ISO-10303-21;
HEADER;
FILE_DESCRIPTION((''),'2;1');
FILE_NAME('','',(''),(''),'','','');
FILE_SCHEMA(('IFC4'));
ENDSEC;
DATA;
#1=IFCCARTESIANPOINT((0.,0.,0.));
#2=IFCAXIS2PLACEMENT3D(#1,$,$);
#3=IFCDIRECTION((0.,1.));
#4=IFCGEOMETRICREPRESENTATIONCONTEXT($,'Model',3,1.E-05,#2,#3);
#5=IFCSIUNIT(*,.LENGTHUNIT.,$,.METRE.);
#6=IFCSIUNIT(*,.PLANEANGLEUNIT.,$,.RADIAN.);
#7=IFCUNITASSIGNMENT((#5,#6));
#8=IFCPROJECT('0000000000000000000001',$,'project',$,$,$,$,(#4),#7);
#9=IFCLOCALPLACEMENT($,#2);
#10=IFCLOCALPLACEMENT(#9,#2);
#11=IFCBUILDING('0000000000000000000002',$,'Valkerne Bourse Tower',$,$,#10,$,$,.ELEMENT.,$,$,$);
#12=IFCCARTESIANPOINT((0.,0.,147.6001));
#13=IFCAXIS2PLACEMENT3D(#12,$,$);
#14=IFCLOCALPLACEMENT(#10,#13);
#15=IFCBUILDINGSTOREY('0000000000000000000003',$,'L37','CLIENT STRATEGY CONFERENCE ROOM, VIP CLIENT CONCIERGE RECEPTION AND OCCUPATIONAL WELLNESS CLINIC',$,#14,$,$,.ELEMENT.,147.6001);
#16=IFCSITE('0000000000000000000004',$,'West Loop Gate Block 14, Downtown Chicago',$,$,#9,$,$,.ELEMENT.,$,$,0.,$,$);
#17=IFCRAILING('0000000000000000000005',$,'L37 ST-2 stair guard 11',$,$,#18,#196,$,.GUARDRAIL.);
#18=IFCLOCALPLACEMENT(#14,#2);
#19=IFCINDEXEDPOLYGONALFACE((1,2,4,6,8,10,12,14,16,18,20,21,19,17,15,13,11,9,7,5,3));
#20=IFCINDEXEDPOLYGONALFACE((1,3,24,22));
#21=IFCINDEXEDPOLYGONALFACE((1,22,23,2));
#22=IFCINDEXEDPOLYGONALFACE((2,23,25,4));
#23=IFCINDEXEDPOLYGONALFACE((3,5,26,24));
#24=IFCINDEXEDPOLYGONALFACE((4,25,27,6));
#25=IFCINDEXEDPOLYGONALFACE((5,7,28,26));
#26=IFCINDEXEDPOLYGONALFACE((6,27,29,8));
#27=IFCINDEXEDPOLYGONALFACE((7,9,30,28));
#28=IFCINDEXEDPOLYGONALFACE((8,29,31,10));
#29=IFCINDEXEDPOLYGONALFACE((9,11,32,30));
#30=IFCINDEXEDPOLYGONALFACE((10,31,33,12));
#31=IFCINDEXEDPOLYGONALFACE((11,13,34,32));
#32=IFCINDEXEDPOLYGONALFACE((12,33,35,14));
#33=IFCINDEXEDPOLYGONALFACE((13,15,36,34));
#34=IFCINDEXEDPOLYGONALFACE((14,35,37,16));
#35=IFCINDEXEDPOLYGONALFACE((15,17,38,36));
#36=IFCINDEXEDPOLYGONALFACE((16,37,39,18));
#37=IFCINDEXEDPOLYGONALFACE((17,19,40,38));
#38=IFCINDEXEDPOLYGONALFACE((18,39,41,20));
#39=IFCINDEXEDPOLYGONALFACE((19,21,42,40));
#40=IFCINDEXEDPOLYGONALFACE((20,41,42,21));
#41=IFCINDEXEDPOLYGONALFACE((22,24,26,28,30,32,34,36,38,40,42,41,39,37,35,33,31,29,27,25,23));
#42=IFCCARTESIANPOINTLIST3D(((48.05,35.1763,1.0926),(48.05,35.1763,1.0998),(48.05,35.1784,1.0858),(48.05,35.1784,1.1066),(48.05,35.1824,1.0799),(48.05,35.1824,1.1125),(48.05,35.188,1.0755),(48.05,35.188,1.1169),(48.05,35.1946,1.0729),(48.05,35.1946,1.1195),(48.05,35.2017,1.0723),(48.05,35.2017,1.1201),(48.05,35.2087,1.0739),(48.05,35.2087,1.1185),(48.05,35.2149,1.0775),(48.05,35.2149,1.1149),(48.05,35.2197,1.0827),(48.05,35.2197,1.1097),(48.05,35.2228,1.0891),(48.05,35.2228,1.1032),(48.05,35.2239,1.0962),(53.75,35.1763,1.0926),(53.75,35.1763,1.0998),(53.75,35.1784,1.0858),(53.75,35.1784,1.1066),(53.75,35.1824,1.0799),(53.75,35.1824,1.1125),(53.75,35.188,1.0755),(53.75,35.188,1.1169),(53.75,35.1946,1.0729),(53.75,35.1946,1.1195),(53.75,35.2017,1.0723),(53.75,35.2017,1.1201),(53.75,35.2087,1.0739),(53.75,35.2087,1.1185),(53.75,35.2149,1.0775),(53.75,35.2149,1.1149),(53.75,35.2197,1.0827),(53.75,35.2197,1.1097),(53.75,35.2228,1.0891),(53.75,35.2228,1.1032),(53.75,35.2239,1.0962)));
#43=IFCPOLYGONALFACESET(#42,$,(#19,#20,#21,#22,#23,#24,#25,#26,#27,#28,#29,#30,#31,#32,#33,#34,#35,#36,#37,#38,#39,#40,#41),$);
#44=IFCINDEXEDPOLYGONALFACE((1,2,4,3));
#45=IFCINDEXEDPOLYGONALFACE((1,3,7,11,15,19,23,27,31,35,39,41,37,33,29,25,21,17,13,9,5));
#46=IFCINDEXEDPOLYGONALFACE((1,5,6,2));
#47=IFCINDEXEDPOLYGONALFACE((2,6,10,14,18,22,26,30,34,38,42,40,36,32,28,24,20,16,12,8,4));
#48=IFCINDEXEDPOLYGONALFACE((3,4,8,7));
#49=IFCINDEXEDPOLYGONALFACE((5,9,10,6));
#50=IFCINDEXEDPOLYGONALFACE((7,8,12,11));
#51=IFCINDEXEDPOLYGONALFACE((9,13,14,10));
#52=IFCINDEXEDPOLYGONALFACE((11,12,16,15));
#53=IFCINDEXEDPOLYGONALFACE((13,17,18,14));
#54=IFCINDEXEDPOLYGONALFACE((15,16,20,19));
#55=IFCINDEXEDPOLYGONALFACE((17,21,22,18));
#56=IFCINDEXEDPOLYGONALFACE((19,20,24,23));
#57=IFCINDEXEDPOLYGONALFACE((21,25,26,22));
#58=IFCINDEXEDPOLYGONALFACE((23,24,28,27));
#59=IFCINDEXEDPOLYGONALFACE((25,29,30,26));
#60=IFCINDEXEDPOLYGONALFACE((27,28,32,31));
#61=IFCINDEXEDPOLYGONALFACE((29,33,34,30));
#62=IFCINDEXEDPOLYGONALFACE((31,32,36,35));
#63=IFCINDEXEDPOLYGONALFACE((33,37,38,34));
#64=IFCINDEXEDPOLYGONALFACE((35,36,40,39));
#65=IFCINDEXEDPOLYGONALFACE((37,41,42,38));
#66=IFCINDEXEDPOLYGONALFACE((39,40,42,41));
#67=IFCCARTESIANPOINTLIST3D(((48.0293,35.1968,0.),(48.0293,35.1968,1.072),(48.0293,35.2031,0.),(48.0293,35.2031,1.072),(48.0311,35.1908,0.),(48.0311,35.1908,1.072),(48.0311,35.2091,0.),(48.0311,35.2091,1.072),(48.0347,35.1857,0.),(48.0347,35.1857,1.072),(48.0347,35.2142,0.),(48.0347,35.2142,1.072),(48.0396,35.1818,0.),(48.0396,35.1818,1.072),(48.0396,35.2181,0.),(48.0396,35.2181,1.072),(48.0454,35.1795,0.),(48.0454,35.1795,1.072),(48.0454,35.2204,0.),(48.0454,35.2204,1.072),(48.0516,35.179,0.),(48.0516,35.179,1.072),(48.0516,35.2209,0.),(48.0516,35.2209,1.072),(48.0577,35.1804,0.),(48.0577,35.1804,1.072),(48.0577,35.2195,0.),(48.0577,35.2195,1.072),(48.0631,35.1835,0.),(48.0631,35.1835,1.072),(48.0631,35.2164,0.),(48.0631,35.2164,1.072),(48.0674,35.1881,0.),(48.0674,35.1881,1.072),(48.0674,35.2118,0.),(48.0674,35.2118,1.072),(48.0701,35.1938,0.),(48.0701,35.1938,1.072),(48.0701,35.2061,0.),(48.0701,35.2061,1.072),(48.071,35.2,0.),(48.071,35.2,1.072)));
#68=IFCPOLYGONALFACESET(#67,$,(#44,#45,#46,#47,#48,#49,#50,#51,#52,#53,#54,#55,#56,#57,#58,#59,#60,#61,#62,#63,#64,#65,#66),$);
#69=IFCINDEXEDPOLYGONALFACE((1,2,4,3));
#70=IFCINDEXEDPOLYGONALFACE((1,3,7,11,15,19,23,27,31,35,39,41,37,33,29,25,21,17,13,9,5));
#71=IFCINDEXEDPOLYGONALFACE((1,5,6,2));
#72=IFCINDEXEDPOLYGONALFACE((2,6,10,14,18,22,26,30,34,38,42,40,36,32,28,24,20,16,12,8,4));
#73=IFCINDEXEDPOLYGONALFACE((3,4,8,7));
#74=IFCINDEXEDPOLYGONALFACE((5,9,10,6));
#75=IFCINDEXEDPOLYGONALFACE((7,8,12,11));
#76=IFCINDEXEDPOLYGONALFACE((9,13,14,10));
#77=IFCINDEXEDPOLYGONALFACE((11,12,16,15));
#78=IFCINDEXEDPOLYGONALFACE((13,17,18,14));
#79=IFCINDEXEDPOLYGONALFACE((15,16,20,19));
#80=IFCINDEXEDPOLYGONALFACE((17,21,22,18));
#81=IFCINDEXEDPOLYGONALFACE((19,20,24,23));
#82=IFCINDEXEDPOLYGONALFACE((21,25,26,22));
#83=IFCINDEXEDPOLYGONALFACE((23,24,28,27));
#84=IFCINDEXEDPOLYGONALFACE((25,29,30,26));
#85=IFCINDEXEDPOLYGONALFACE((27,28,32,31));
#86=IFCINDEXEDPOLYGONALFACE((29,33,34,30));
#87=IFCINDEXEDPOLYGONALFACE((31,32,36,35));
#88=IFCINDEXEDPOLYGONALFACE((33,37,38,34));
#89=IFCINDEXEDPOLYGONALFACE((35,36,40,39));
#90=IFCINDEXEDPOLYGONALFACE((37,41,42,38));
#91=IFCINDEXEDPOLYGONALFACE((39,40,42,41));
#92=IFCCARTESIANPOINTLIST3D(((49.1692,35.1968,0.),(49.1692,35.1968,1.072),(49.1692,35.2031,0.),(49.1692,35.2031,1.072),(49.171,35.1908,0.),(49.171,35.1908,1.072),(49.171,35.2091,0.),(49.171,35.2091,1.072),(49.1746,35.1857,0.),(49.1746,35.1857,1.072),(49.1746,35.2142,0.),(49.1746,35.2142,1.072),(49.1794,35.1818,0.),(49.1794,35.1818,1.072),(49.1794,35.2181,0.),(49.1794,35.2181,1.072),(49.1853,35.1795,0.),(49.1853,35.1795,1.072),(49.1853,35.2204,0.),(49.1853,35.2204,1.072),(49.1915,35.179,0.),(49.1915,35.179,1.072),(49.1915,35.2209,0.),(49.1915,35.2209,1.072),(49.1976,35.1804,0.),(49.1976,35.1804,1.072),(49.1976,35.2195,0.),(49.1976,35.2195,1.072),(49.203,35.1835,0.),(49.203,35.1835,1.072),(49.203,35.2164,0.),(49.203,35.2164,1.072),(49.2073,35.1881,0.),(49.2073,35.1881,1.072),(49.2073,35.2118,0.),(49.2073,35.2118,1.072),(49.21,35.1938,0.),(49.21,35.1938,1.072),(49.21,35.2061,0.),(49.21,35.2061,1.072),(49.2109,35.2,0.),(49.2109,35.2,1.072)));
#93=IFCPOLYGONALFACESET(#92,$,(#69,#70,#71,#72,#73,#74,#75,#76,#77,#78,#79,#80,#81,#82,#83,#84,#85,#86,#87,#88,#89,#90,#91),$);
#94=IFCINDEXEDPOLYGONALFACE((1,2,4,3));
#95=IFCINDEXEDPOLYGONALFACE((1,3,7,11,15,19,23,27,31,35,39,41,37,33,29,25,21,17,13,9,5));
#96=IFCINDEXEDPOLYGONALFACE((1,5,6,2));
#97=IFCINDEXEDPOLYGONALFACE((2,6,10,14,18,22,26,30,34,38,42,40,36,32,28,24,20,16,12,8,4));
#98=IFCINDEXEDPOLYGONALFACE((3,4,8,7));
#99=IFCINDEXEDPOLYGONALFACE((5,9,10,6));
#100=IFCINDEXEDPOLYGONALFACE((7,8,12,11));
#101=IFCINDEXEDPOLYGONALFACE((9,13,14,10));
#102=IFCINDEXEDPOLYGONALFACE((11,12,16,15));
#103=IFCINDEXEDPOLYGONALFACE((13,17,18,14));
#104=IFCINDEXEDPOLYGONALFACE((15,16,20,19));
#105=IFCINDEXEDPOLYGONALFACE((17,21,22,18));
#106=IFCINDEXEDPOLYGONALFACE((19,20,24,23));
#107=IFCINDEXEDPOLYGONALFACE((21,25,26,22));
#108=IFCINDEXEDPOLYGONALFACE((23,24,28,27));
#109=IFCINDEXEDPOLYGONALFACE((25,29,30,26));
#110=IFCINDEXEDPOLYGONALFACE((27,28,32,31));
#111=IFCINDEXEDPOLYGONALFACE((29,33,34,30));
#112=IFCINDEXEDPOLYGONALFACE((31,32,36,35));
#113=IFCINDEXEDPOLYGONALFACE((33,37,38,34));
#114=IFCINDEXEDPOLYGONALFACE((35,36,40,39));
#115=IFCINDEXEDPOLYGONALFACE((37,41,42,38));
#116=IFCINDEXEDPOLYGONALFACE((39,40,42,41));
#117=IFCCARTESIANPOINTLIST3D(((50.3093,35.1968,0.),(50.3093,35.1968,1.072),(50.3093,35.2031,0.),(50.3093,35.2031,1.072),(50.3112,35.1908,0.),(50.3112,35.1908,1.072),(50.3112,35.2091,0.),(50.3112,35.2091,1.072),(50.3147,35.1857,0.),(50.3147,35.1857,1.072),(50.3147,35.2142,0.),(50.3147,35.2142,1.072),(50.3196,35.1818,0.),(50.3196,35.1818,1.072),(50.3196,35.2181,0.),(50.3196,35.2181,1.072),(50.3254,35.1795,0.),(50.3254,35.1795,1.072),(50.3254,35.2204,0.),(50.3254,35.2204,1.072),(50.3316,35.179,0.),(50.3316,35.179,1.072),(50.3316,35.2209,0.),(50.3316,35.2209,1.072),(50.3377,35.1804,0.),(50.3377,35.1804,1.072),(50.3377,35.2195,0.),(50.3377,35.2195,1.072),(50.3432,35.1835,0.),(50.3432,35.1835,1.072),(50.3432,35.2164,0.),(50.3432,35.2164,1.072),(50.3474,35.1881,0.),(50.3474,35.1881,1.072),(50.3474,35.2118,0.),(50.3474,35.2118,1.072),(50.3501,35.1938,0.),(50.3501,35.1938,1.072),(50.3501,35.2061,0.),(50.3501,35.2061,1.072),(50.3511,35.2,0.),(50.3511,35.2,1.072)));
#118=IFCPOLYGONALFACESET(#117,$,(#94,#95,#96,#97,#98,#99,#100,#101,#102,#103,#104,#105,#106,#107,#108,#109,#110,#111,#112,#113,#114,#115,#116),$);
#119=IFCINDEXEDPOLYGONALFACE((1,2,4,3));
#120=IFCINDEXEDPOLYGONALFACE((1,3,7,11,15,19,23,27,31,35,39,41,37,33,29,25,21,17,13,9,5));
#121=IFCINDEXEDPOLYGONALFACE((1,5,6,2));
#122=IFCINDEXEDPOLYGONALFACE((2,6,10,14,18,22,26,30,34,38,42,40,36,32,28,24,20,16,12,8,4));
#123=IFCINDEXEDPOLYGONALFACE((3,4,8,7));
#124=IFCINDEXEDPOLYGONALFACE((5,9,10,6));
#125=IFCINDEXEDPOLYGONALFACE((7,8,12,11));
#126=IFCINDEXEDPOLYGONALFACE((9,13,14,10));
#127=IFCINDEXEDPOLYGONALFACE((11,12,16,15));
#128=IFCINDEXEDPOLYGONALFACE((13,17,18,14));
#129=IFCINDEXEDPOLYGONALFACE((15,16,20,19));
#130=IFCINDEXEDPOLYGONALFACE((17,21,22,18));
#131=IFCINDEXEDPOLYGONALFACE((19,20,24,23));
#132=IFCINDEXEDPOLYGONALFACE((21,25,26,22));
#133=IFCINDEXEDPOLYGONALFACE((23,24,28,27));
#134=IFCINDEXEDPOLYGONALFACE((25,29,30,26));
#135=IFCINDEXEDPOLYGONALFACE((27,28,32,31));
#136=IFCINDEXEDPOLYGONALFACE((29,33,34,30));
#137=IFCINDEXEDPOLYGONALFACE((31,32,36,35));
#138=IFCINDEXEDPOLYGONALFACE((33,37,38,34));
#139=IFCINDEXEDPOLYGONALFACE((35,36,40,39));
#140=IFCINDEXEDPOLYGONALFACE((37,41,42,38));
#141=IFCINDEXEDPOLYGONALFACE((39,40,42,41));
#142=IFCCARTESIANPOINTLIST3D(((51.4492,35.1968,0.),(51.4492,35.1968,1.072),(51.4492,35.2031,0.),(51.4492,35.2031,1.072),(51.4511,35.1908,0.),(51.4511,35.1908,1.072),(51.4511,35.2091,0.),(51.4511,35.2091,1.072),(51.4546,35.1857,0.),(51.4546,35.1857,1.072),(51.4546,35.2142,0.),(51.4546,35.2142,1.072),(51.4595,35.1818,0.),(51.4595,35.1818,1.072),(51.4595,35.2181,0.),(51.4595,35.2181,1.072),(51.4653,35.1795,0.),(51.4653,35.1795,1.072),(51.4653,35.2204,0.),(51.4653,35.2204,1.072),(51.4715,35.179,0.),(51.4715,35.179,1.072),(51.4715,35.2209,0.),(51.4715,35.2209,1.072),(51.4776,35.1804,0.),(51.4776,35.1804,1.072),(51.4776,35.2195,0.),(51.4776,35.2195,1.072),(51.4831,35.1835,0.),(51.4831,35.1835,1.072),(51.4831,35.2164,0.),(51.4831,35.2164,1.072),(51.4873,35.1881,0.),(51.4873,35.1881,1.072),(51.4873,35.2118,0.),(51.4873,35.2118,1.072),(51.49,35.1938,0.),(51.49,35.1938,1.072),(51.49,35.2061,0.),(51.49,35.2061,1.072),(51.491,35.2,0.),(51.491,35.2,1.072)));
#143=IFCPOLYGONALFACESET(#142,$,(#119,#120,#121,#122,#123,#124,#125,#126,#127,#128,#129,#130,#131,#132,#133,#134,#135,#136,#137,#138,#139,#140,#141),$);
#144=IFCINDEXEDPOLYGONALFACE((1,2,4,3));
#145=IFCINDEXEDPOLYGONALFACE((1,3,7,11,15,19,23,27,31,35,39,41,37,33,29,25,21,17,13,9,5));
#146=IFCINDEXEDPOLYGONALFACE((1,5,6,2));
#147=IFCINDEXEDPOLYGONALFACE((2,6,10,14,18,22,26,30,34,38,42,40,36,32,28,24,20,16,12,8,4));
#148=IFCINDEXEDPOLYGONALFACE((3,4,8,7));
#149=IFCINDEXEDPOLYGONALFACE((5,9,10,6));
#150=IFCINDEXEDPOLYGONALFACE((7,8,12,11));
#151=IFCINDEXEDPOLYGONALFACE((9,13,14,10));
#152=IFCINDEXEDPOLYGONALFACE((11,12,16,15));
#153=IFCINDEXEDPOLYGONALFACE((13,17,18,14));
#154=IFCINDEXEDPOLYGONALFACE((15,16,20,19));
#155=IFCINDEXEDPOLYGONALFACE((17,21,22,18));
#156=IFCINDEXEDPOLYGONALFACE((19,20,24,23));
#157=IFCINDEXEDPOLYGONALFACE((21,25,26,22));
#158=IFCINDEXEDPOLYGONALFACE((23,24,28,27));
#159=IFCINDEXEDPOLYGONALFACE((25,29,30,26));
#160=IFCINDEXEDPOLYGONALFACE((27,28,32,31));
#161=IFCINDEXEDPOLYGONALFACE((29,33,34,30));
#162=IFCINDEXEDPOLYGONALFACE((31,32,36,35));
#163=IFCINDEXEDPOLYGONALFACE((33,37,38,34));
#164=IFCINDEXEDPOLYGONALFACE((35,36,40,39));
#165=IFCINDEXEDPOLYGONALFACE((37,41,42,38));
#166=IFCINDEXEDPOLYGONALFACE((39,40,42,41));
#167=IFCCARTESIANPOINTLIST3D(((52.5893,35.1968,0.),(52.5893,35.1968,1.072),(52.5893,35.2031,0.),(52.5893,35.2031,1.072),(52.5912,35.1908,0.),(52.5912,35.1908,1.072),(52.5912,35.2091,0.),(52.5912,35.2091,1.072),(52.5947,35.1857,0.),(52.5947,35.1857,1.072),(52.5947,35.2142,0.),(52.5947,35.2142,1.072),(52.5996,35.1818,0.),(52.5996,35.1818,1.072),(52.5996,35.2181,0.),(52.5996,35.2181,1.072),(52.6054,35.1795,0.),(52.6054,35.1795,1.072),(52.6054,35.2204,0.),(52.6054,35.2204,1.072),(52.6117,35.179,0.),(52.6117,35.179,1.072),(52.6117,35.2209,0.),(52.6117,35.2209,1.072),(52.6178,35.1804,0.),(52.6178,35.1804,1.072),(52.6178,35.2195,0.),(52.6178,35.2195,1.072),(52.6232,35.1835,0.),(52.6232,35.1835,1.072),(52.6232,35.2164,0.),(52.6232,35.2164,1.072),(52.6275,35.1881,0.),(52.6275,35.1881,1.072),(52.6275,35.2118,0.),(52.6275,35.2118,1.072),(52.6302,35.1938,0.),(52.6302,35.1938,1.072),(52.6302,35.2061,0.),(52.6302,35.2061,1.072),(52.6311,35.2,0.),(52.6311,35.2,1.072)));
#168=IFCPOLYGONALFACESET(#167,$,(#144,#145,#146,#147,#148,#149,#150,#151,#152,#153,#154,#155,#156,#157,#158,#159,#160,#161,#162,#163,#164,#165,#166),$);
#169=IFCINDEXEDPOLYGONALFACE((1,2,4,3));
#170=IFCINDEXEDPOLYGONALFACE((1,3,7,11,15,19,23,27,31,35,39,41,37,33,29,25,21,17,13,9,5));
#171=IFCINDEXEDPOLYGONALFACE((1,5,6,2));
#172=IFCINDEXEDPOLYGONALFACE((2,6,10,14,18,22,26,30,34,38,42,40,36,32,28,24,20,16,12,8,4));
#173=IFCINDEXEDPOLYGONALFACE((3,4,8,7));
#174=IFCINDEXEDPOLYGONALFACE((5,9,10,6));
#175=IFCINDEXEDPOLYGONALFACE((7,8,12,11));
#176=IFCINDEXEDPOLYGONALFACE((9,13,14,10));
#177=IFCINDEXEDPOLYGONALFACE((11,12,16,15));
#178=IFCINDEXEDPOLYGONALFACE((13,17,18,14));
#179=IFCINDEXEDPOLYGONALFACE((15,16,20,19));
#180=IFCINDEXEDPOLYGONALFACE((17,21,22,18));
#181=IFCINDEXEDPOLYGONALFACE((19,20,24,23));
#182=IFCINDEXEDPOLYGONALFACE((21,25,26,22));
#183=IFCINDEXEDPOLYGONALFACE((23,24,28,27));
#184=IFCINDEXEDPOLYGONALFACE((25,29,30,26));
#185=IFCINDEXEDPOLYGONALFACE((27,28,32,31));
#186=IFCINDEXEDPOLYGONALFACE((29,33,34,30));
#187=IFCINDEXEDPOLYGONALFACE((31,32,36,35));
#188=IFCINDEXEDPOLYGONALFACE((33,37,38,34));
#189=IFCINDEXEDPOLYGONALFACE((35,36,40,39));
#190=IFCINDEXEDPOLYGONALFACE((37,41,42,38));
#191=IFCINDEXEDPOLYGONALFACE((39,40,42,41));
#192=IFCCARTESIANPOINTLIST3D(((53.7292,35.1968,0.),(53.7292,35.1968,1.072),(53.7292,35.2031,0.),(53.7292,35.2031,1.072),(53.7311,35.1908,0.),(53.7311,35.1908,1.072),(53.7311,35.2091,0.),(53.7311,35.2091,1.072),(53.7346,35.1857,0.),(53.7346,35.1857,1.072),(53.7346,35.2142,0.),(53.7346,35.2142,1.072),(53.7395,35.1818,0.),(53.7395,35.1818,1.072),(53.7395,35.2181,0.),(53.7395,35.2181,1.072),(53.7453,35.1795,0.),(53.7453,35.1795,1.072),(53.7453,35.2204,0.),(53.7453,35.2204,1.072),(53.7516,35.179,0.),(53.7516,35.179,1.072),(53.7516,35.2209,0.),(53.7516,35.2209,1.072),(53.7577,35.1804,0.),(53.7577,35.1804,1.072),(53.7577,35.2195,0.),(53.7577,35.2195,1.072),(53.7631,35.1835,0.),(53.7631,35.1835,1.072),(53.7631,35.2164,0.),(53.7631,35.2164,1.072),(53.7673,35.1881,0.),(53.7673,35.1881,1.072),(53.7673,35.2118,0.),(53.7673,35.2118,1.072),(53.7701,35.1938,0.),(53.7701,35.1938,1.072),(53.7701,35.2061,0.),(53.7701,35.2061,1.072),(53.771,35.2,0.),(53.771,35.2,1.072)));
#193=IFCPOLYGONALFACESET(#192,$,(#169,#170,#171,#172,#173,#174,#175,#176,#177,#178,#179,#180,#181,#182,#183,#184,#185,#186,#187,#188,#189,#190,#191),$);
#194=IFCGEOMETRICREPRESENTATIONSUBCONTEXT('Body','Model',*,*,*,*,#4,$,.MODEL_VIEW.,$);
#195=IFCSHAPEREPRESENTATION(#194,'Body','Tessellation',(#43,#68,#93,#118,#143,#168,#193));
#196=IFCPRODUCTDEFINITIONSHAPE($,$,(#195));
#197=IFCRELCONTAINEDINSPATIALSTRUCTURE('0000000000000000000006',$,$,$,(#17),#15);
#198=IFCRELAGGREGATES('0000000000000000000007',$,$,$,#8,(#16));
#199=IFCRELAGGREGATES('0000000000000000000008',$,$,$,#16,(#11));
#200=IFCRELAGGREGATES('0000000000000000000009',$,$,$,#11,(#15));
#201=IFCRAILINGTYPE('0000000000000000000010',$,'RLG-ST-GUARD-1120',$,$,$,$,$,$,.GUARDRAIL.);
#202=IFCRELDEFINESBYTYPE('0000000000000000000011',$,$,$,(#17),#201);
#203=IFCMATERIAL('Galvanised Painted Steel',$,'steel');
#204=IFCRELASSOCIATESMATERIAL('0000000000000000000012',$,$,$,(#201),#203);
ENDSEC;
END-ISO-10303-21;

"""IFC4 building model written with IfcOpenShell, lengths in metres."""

from ifc_helpers import new_model, si_unit, direction, frame, origin, origin_2d, place, context, subcontext, project, spatial, circle, extrude, material, type_object, element, save


model = new_model("IFC4")

# Units and contexts
model_context = context("Model", 3, precision=1e-05, world=origin(), true_north=direction((0.0, 1.0)))
body_context = subcontext(model_context, "Body", "Model", "MODEL_VIEW")
ifc_project = project(units=[si_unit("LENGTHUNIT", "METRE"), si_unit("PLANEANGLEUNIT", "RADIAN")], contexts=[model_context])

# Site, building, storey
site_placement = place(None, origin())
site = spatial("IfcSite", under=ifc_project, at=site_placement, Name="West Loop Gate Block 14, Downtown Chicago", CompositionType="ELEMENT", RefElevation=0.0)
building_placement = place(site_placement, origin())
building = spatial("IfcBuilding", under=site, at=building_placement, Name="Valkerne Bourse Tower", CompositionType="ELEMENT")
storey_placement = place(building_placement, frame((0.0, 0.0, 147.6001)))
storey = spatial("IfcBuildingStorey", under=building, at=storey_placement, Name="L37", Description="CLIENT STRATEGY CONFERENCE ROOM, VIP CLIENT CONCIERGE RECEPTION AND OCCUPATIONAL WELLNESS CLINIC", CompositionType="ELEMENT", Elevation=147.6001)

# Shared definitions
ifc_material_1 = material(Name="Galvanised Painted Steel", Category="steel")

# Railing
railing_type_1 = type_object("IfcRailingType", Name="RLG-ST-GUARD-1120", PredefinedType="GUARDRAIL", material=ifc_material_1)
for number, where, name in (
    (1, (48.05, 35.2, 0.0), "L37 ST-2 stair guard 11"),
):
    element("IfcRailing", number, at=place(storey_placement, frame(where)), inside=storey, type_object=railing_type_1, Name=name, PredefinedType="GUARDRAIL", context=body_context, shape_type="SweptSolid", body=[
        extrude(circle(Radius=0.0239, at=origin_2d()), frame((0.0, 0.0, 1.0962), z_axis=(1.0, 0.0, 0.0), x_axis=(0.0, 1.0, 0.0)), (0.0, 0.0, 1.0), 5.7),
        extrude(circle(Radius=0.021, at=origin_2d()), origin(), (0.0, 0.0, 1.0), 1.072),
        extrude(circle(Radius=0.021, at=origin_2d()), frame((1.1399, 0.0, 0.0)), (0.0, 0.0, 1.0), 1.072),
        extrude(circle(Radius=0.021, at=origin_2d()), frame((2.28, 0.0, 0.0)), (0.0, 0.0, 1.0), 1.072),
        extrude(circle(Radius=0.021, at=origin_2d()), frame((3.4199, 0.0, 0.0)), (0.0, 0.0, 1.0), 1.072),
        extrude(circle(Radius=0.021, at=origin_2d()), frame((4.5601, 0.0, 0.0)), (0.0, 0.0, 1.0), 1.072),
        extrude(circle(Radius=0.021, at=origin_2d()), frame((5.7, 0.0, 0.0)), (0.0, 0.0, 1.0), 1.072),
    ])

save(model, "model.ifc")
